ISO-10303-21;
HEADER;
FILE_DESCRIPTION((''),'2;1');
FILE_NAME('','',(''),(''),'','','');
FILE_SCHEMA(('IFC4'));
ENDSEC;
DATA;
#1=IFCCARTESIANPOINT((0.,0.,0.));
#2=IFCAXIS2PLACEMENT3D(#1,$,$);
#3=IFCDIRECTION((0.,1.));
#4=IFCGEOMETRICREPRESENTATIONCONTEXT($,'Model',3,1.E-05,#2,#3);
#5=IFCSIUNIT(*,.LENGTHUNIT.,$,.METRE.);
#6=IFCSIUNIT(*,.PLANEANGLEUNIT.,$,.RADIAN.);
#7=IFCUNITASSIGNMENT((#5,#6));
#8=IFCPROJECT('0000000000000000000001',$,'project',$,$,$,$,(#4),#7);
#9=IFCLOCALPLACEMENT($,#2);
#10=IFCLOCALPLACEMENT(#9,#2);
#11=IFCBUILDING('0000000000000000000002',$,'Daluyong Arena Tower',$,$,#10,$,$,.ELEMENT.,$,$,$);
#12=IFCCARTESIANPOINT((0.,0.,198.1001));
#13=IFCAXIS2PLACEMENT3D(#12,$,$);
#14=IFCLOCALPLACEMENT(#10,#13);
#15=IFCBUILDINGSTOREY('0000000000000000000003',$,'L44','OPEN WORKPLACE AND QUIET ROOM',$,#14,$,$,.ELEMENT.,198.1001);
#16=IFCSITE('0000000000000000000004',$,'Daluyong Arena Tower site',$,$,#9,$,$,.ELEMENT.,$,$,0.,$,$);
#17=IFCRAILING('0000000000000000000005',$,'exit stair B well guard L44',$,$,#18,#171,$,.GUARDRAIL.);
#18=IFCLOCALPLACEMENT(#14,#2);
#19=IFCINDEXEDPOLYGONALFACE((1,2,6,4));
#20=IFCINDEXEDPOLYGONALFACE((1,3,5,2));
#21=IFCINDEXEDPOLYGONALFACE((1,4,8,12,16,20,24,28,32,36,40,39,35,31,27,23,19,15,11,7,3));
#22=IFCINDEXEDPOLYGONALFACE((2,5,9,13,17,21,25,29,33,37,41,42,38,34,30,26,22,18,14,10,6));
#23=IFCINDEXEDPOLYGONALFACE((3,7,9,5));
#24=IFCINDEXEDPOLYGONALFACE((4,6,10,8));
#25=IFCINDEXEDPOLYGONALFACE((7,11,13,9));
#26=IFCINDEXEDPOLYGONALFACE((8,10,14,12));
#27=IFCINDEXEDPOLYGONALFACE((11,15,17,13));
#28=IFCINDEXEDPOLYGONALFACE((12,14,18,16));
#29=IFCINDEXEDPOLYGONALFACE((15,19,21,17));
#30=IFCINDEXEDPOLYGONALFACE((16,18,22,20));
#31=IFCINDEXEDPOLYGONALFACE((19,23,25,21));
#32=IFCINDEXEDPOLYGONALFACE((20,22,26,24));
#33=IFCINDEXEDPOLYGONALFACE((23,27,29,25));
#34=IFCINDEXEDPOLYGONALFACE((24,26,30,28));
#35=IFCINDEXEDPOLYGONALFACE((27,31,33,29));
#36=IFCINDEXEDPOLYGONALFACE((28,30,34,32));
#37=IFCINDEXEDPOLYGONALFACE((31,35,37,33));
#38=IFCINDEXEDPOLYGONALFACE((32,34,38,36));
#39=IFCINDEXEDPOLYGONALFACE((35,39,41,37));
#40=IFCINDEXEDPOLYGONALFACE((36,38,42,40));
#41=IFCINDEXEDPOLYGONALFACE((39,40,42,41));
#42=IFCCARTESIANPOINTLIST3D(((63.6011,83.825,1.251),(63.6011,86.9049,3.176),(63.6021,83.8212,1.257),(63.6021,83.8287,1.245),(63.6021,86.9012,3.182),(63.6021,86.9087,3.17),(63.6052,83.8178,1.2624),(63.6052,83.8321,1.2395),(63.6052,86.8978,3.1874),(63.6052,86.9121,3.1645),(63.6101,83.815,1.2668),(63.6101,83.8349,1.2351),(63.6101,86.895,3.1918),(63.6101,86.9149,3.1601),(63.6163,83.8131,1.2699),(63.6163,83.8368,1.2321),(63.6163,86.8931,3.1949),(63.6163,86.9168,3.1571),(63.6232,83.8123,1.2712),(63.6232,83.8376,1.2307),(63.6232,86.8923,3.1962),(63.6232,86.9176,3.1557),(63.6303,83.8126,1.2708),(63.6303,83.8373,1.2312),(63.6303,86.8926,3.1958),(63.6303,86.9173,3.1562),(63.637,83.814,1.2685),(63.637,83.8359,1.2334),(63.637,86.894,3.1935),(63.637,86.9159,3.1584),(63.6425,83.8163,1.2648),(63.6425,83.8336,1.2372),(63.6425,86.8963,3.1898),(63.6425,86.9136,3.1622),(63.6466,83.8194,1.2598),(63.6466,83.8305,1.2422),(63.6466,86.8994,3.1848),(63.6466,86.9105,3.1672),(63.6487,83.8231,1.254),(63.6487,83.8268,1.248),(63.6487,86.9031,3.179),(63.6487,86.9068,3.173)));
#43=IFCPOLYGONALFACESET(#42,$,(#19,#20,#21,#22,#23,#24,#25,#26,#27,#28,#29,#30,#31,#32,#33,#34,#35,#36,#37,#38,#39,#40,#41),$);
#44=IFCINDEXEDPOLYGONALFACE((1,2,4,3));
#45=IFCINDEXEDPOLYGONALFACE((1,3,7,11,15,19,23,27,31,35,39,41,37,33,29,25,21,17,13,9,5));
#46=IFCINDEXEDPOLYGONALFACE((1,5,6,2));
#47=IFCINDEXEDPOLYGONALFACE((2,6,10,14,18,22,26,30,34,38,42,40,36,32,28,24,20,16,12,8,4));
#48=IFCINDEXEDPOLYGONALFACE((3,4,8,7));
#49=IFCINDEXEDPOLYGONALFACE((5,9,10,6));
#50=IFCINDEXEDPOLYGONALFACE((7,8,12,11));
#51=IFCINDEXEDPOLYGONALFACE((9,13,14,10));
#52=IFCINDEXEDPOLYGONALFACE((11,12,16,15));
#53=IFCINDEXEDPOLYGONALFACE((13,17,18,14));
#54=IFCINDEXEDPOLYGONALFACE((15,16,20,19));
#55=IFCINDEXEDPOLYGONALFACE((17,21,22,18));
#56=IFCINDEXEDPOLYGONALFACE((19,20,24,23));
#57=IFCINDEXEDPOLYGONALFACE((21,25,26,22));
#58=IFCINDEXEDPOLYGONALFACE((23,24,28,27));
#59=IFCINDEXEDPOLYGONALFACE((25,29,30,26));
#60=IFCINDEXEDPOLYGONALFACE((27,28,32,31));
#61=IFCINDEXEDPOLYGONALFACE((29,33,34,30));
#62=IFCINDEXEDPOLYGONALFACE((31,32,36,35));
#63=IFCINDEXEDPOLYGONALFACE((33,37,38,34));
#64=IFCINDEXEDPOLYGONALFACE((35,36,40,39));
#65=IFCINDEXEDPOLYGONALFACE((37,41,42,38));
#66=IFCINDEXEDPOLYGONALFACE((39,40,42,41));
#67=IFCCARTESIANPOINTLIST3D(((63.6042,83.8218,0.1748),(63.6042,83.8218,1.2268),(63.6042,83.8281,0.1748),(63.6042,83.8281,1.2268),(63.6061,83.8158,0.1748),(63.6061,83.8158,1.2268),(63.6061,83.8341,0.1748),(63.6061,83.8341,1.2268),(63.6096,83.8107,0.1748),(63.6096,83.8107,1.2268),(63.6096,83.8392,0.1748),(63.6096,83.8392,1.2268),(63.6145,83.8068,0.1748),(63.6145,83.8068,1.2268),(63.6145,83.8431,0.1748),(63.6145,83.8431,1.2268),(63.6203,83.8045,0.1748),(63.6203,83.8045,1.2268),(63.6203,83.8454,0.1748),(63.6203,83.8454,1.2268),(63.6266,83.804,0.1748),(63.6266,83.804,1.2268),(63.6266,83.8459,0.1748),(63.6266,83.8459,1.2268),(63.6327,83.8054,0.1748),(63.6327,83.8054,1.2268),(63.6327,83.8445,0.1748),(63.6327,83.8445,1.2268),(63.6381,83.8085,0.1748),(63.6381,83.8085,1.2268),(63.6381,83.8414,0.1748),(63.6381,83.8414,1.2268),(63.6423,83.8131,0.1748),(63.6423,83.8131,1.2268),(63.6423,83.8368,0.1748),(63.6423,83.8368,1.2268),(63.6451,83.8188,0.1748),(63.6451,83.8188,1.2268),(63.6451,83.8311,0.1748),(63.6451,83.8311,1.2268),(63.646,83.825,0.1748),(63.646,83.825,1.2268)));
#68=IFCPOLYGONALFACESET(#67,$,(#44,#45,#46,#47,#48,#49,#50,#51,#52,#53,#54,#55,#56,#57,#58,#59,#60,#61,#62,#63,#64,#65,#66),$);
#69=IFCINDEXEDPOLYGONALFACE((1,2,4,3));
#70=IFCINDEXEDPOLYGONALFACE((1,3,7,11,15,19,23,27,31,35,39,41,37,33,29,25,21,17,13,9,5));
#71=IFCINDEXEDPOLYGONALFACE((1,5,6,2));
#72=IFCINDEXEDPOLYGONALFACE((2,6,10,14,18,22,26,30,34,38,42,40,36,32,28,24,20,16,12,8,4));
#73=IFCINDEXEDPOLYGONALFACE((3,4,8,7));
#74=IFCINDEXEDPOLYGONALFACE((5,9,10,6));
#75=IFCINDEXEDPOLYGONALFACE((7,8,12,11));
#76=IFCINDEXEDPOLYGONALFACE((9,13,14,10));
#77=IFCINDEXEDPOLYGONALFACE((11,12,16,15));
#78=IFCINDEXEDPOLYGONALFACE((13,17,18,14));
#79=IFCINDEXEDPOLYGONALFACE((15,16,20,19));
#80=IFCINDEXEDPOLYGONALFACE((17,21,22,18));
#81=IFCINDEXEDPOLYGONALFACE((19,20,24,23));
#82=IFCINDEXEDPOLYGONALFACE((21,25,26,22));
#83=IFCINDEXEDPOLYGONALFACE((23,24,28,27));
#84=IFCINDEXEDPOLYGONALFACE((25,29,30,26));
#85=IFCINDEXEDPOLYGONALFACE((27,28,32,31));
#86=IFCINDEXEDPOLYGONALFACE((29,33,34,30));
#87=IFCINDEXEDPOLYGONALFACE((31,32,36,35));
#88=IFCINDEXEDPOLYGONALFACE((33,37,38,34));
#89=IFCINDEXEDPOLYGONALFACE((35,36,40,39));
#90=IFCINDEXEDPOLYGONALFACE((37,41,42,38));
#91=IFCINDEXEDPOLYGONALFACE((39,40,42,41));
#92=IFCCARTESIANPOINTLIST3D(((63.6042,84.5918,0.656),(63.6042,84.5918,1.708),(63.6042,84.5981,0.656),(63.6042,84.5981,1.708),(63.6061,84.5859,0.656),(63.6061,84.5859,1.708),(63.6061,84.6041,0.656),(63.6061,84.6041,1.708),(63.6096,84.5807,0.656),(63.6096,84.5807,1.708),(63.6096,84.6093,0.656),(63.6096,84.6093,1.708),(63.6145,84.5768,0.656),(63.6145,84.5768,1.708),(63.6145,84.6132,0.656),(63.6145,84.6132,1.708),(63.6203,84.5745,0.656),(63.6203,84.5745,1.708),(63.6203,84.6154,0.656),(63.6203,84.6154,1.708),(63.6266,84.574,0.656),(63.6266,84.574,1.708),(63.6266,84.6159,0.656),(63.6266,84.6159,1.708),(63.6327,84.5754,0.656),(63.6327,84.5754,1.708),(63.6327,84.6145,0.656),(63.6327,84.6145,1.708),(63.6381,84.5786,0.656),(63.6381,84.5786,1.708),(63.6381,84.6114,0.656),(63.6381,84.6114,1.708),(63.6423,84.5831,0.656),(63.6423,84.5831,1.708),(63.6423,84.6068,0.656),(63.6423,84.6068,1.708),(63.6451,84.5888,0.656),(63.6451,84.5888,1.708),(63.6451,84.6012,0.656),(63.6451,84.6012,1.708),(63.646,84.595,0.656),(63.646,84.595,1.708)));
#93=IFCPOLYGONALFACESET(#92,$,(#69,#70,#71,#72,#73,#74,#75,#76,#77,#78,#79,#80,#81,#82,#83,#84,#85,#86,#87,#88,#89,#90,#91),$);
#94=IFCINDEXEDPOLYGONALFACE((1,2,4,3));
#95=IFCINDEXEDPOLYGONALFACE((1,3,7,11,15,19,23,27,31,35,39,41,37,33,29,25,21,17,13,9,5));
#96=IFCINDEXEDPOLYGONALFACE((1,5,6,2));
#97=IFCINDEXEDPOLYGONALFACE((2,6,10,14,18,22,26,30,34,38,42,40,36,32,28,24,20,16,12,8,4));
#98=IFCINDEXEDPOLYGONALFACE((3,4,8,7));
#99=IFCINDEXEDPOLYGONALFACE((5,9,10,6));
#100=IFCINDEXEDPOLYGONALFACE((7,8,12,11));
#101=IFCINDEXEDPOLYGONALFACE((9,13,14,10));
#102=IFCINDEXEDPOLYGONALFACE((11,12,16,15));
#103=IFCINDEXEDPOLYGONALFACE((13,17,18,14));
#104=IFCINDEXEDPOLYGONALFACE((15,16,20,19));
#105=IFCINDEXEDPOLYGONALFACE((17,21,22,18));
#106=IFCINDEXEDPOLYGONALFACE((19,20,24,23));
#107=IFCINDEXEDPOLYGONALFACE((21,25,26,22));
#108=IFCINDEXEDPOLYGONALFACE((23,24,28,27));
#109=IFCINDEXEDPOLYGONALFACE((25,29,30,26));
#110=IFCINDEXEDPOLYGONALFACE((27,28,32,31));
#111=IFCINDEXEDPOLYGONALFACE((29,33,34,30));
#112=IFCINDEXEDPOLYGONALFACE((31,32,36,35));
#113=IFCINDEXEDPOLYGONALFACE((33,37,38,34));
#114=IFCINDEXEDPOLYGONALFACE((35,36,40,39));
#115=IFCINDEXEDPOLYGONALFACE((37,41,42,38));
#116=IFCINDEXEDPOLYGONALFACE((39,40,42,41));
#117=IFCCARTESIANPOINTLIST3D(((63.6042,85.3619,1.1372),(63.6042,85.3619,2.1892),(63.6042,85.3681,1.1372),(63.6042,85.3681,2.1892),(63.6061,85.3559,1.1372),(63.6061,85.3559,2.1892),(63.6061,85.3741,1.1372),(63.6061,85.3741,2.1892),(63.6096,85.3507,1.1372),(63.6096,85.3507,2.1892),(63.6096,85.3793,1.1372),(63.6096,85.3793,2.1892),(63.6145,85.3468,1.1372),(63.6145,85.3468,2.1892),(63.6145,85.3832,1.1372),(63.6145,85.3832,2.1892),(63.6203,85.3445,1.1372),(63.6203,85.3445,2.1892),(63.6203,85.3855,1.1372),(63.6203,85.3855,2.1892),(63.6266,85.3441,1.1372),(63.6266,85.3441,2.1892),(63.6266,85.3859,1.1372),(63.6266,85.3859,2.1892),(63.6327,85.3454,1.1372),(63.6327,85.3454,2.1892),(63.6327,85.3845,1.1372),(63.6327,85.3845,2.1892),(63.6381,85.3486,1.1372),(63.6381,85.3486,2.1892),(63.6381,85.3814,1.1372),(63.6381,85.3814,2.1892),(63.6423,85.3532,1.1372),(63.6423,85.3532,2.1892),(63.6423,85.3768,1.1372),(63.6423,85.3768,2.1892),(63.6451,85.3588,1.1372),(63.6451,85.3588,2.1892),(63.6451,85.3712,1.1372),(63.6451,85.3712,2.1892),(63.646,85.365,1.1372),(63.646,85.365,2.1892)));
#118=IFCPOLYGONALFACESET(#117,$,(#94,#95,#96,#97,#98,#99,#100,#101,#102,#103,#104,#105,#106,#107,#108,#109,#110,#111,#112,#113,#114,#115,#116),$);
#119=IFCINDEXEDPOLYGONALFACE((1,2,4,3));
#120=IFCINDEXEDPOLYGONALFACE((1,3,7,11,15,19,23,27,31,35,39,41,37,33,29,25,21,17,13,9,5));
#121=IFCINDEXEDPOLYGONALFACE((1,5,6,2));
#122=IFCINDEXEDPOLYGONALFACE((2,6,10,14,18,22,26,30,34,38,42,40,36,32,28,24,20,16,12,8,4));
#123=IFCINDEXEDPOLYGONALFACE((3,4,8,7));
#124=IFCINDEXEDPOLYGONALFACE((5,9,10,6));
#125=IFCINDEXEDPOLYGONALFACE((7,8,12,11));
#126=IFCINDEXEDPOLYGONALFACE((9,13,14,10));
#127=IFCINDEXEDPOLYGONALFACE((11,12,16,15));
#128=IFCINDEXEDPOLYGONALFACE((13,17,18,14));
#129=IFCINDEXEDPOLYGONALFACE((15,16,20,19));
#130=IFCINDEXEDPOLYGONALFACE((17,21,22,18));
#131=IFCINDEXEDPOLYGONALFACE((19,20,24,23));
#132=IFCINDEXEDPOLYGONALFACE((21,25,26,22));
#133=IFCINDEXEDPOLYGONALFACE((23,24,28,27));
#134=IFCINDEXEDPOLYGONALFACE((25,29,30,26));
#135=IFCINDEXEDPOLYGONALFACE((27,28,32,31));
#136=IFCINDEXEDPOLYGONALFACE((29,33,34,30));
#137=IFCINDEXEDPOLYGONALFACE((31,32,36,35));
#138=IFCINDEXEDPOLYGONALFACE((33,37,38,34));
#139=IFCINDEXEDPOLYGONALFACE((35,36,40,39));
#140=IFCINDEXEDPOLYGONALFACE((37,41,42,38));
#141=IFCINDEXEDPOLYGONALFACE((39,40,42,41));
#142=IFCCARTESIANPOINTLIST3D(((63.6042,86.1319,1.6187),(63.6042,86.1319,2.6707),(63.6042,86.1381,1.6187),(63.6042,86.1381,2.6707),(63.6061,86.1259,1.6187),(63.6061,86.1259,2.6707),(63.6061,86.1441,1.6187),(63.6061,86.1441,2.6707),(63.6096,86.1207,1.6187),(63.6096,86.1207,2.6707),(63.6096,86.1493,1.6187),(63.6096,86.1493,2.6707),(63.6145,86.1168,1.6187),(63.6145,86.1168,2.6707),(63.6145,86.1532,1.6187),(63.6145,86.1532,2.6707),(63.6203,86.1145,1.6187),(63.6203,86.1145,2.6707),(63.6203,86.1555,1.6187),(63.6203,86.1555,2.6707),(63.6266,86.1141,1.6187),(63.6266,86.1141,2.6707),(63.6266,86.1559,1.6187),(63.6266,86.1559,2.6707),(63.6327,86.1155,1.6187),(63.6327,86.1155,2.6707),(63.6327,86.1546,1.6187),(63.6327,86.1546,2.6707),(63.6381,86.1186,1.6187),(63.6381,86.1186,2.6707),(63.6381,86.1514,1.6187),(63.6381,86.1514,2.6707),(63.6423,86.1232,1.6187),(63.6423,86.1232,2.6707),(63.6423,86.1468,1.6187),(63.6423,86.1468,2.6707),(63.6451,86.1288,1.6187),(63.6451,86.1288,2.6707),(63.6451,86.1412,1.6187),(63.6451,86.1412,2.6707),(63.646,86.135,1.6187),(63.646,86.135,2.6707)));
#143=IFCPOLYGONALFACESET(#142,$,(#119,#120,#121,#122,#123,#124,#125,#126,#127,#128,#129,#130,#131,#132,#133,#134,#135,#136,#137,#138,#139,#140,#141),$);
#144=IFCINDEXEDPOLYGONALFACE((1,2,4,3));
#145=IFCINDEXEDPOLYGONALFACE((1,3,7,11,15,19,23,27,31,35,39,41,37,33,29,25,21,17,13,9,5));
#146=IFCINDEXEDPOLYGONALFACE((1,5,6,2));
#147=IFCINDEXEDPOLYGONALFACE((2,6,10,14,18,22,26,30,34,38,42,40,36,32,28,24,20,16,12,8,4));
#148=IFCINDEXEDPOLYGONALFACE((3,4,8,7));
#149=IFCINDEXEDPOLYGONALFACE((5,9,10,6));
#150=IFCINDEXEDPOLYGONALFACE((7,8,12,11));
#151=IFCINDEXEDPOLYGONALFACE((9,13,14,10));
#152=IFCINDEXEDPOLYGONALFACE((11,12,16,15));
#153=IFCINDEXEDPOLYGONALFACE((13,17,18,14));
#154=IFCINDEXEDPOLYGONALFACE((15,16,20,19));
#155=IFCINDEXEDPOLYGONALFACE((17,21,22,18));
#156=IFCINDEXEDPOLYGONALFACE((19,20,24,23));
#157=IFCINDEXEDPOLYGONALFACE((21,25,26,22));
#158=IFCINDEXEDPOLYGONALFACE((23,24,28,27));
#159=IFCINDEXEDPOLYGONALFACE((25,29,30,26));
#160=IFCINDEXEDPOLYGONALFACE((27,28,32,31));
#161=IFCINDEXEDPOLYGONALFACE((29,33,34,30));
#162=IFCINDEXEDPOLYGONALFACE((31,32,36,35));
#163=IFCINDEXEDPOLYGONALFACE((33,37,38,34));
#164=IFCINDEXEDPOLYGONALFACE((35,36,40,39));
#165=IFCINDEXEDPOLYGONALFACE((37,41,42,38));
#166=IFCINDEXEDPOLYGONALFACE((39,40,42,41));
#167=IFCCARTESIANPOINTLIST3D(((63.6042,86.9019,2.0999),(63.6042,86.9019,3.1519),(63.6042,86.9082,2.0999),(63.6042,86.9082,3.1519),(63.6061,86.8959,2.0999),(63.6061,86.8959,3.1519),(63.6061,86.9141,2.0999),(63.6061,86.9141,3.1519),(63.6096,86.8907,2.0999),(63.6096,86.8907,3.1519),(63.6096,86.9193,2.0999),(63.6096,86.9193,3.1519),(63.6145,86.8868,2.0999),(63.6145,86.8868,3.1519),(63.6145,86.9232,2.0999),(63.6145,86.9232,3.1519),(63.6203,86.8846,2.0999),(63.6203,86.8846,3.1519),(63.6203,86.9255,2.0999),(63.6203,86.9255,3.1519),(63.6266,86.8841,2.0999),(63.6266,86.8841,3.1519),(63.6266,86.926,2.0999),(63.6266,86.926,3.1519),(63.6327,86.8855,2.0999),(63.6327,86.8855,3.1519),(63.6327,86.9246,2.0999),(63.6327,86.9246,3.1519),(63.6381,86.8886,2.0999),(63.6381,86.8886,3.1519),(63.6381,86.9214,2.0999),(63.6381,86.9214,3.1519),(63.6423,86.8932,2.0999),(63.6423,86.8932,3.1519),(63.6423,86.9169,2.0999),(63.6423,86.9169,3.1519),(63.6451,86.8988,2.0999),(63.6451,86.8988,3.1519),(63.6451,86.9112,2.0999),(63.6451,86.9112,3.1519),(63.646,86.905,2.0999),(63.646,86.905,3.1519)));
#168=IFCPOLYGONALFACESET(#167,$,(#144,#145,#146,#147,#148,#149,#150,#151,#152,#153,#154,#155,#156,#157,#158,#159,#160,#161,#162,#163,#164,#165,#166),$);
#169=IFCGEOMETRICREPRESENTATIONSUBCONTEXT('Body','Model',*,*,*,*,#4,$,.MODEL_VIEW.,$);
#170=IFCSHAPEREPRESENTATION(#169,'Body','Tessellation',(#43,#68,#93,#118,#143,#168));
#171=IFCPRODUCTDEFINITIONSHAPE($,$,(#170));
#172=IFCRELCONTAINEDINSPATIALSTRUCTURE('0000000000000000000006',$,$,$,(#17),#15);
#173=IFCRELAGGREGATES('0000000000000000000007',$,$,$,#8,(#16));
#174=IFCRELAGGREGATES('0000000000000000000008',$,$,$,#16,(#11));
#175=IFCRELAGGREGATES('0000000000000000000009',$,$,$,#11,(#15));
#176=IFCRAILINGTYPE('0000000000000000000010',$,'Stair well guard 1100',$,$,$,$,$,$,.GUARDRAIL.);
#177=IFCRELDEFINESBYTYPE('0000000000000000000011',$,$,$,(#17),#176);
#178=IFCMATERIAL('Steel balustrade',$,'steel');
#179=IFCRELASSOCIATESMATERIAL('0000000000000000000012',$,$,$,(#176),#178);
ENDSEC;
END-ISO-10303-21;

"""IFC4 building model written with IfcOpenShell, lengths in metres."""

from ifc_helpers import new_model, si_unit, direction, frame, origin, origin_2d, place, context, subcontext, project, spatial, circle, extrude, material, type_object, element, save


model = new_model("IFC4")

# Units and contexts
model_context = context("Model", 3, precision=1e-05, world=origin(), true_north=direction((0.0, 1.0)))
body_context = subcontext(model_context, "Body", "Model", "MODEL_VIEW")
ifc_project = project(units=[si_unit("LENGTHUNIT", "METRE"), si_unit("PLANEANGLEUNIT", "RADIAN")], contexts=[model_context])

# Site, building, storey
site_placement = place(None, origin())
site = spatial("IfcSite", under=ifc_project, at=site_placement, Name="Daluyong Arena Tower site", CompositionType="ELEMENT", RefElevation=0.0)
building_placement = place(site_placement, origin())
building = spatial("IfcBuilding", under=site, at=building_placement, Name="Daluyong Arena Tower", CompositionType="ELEMENT")
storey_placement = place(building_placement, frame((0.0, 0.0, 198.1001)))
storey = spatial("IfcBuildingStorey", under=building, at=storey_placement, Name="L44", Description="OPEN WORKPLACE AND QUIET ROOM", CompositionType="ELEMENT", Elevation=198.1001)

# Railing
ifc_material_1 = material(Name="Steel balustrade", Category="steel")
railing_type_1 = type_object("IfcRailingType", Name="Stair well guard 1100", PredefinedType="GUARDRAIL", material=ifc_material_1)
railing_1_placement = place(storey_placement, frame((63.625, 83.825, 0.1748)))
element("IfcRailing", 1, at=railing_1_placement, inside=storey, type_object=railing_type_1, Name="exit stair B well guard L44", PredefinedType="GUARDRAIL", context=body_context, shape_type="SweptSolid", body=[
    extrude(circle(Radius=0.0239, at=origin_2d()), frame((0.0, 0.0, 1.0762), z_axis=(0.0, 0.847998, 0.529999), x_axis=(-1.0, 0.0, 0.0)), (0.0, 0.0, 1.0), 3.6321),
    extrude(circle(Radius=0.021, at=origin_2d()), origin(), (0.0, 0.0, 1.0), 1.052),
    extrude(circle(Radius=0.021, at=origin_2d()), frame((0.0, 0.77, 0.4812)), (0.0, 0.0, 1.0), 1.052),
    extrude(circle(Radius=0.021, at=origin_2d()), frame((0.0, 1.54, 0.9624)), (0.0, 0.0, 1.0), 1.052),
    extrude(circle(Radius=0.021, at=origin_2d()), frame((0.0, 2.3101, 1.4438)), (0.0, 0.0, 1.0), 1.052),
    extrude(circle(Radius=0.021, at=origin_2d()), frame((0.0, 3.0801, 1.925)), (0.0, 0.0, 1.0), 1.052),
])

save(model, "model.ifc")
